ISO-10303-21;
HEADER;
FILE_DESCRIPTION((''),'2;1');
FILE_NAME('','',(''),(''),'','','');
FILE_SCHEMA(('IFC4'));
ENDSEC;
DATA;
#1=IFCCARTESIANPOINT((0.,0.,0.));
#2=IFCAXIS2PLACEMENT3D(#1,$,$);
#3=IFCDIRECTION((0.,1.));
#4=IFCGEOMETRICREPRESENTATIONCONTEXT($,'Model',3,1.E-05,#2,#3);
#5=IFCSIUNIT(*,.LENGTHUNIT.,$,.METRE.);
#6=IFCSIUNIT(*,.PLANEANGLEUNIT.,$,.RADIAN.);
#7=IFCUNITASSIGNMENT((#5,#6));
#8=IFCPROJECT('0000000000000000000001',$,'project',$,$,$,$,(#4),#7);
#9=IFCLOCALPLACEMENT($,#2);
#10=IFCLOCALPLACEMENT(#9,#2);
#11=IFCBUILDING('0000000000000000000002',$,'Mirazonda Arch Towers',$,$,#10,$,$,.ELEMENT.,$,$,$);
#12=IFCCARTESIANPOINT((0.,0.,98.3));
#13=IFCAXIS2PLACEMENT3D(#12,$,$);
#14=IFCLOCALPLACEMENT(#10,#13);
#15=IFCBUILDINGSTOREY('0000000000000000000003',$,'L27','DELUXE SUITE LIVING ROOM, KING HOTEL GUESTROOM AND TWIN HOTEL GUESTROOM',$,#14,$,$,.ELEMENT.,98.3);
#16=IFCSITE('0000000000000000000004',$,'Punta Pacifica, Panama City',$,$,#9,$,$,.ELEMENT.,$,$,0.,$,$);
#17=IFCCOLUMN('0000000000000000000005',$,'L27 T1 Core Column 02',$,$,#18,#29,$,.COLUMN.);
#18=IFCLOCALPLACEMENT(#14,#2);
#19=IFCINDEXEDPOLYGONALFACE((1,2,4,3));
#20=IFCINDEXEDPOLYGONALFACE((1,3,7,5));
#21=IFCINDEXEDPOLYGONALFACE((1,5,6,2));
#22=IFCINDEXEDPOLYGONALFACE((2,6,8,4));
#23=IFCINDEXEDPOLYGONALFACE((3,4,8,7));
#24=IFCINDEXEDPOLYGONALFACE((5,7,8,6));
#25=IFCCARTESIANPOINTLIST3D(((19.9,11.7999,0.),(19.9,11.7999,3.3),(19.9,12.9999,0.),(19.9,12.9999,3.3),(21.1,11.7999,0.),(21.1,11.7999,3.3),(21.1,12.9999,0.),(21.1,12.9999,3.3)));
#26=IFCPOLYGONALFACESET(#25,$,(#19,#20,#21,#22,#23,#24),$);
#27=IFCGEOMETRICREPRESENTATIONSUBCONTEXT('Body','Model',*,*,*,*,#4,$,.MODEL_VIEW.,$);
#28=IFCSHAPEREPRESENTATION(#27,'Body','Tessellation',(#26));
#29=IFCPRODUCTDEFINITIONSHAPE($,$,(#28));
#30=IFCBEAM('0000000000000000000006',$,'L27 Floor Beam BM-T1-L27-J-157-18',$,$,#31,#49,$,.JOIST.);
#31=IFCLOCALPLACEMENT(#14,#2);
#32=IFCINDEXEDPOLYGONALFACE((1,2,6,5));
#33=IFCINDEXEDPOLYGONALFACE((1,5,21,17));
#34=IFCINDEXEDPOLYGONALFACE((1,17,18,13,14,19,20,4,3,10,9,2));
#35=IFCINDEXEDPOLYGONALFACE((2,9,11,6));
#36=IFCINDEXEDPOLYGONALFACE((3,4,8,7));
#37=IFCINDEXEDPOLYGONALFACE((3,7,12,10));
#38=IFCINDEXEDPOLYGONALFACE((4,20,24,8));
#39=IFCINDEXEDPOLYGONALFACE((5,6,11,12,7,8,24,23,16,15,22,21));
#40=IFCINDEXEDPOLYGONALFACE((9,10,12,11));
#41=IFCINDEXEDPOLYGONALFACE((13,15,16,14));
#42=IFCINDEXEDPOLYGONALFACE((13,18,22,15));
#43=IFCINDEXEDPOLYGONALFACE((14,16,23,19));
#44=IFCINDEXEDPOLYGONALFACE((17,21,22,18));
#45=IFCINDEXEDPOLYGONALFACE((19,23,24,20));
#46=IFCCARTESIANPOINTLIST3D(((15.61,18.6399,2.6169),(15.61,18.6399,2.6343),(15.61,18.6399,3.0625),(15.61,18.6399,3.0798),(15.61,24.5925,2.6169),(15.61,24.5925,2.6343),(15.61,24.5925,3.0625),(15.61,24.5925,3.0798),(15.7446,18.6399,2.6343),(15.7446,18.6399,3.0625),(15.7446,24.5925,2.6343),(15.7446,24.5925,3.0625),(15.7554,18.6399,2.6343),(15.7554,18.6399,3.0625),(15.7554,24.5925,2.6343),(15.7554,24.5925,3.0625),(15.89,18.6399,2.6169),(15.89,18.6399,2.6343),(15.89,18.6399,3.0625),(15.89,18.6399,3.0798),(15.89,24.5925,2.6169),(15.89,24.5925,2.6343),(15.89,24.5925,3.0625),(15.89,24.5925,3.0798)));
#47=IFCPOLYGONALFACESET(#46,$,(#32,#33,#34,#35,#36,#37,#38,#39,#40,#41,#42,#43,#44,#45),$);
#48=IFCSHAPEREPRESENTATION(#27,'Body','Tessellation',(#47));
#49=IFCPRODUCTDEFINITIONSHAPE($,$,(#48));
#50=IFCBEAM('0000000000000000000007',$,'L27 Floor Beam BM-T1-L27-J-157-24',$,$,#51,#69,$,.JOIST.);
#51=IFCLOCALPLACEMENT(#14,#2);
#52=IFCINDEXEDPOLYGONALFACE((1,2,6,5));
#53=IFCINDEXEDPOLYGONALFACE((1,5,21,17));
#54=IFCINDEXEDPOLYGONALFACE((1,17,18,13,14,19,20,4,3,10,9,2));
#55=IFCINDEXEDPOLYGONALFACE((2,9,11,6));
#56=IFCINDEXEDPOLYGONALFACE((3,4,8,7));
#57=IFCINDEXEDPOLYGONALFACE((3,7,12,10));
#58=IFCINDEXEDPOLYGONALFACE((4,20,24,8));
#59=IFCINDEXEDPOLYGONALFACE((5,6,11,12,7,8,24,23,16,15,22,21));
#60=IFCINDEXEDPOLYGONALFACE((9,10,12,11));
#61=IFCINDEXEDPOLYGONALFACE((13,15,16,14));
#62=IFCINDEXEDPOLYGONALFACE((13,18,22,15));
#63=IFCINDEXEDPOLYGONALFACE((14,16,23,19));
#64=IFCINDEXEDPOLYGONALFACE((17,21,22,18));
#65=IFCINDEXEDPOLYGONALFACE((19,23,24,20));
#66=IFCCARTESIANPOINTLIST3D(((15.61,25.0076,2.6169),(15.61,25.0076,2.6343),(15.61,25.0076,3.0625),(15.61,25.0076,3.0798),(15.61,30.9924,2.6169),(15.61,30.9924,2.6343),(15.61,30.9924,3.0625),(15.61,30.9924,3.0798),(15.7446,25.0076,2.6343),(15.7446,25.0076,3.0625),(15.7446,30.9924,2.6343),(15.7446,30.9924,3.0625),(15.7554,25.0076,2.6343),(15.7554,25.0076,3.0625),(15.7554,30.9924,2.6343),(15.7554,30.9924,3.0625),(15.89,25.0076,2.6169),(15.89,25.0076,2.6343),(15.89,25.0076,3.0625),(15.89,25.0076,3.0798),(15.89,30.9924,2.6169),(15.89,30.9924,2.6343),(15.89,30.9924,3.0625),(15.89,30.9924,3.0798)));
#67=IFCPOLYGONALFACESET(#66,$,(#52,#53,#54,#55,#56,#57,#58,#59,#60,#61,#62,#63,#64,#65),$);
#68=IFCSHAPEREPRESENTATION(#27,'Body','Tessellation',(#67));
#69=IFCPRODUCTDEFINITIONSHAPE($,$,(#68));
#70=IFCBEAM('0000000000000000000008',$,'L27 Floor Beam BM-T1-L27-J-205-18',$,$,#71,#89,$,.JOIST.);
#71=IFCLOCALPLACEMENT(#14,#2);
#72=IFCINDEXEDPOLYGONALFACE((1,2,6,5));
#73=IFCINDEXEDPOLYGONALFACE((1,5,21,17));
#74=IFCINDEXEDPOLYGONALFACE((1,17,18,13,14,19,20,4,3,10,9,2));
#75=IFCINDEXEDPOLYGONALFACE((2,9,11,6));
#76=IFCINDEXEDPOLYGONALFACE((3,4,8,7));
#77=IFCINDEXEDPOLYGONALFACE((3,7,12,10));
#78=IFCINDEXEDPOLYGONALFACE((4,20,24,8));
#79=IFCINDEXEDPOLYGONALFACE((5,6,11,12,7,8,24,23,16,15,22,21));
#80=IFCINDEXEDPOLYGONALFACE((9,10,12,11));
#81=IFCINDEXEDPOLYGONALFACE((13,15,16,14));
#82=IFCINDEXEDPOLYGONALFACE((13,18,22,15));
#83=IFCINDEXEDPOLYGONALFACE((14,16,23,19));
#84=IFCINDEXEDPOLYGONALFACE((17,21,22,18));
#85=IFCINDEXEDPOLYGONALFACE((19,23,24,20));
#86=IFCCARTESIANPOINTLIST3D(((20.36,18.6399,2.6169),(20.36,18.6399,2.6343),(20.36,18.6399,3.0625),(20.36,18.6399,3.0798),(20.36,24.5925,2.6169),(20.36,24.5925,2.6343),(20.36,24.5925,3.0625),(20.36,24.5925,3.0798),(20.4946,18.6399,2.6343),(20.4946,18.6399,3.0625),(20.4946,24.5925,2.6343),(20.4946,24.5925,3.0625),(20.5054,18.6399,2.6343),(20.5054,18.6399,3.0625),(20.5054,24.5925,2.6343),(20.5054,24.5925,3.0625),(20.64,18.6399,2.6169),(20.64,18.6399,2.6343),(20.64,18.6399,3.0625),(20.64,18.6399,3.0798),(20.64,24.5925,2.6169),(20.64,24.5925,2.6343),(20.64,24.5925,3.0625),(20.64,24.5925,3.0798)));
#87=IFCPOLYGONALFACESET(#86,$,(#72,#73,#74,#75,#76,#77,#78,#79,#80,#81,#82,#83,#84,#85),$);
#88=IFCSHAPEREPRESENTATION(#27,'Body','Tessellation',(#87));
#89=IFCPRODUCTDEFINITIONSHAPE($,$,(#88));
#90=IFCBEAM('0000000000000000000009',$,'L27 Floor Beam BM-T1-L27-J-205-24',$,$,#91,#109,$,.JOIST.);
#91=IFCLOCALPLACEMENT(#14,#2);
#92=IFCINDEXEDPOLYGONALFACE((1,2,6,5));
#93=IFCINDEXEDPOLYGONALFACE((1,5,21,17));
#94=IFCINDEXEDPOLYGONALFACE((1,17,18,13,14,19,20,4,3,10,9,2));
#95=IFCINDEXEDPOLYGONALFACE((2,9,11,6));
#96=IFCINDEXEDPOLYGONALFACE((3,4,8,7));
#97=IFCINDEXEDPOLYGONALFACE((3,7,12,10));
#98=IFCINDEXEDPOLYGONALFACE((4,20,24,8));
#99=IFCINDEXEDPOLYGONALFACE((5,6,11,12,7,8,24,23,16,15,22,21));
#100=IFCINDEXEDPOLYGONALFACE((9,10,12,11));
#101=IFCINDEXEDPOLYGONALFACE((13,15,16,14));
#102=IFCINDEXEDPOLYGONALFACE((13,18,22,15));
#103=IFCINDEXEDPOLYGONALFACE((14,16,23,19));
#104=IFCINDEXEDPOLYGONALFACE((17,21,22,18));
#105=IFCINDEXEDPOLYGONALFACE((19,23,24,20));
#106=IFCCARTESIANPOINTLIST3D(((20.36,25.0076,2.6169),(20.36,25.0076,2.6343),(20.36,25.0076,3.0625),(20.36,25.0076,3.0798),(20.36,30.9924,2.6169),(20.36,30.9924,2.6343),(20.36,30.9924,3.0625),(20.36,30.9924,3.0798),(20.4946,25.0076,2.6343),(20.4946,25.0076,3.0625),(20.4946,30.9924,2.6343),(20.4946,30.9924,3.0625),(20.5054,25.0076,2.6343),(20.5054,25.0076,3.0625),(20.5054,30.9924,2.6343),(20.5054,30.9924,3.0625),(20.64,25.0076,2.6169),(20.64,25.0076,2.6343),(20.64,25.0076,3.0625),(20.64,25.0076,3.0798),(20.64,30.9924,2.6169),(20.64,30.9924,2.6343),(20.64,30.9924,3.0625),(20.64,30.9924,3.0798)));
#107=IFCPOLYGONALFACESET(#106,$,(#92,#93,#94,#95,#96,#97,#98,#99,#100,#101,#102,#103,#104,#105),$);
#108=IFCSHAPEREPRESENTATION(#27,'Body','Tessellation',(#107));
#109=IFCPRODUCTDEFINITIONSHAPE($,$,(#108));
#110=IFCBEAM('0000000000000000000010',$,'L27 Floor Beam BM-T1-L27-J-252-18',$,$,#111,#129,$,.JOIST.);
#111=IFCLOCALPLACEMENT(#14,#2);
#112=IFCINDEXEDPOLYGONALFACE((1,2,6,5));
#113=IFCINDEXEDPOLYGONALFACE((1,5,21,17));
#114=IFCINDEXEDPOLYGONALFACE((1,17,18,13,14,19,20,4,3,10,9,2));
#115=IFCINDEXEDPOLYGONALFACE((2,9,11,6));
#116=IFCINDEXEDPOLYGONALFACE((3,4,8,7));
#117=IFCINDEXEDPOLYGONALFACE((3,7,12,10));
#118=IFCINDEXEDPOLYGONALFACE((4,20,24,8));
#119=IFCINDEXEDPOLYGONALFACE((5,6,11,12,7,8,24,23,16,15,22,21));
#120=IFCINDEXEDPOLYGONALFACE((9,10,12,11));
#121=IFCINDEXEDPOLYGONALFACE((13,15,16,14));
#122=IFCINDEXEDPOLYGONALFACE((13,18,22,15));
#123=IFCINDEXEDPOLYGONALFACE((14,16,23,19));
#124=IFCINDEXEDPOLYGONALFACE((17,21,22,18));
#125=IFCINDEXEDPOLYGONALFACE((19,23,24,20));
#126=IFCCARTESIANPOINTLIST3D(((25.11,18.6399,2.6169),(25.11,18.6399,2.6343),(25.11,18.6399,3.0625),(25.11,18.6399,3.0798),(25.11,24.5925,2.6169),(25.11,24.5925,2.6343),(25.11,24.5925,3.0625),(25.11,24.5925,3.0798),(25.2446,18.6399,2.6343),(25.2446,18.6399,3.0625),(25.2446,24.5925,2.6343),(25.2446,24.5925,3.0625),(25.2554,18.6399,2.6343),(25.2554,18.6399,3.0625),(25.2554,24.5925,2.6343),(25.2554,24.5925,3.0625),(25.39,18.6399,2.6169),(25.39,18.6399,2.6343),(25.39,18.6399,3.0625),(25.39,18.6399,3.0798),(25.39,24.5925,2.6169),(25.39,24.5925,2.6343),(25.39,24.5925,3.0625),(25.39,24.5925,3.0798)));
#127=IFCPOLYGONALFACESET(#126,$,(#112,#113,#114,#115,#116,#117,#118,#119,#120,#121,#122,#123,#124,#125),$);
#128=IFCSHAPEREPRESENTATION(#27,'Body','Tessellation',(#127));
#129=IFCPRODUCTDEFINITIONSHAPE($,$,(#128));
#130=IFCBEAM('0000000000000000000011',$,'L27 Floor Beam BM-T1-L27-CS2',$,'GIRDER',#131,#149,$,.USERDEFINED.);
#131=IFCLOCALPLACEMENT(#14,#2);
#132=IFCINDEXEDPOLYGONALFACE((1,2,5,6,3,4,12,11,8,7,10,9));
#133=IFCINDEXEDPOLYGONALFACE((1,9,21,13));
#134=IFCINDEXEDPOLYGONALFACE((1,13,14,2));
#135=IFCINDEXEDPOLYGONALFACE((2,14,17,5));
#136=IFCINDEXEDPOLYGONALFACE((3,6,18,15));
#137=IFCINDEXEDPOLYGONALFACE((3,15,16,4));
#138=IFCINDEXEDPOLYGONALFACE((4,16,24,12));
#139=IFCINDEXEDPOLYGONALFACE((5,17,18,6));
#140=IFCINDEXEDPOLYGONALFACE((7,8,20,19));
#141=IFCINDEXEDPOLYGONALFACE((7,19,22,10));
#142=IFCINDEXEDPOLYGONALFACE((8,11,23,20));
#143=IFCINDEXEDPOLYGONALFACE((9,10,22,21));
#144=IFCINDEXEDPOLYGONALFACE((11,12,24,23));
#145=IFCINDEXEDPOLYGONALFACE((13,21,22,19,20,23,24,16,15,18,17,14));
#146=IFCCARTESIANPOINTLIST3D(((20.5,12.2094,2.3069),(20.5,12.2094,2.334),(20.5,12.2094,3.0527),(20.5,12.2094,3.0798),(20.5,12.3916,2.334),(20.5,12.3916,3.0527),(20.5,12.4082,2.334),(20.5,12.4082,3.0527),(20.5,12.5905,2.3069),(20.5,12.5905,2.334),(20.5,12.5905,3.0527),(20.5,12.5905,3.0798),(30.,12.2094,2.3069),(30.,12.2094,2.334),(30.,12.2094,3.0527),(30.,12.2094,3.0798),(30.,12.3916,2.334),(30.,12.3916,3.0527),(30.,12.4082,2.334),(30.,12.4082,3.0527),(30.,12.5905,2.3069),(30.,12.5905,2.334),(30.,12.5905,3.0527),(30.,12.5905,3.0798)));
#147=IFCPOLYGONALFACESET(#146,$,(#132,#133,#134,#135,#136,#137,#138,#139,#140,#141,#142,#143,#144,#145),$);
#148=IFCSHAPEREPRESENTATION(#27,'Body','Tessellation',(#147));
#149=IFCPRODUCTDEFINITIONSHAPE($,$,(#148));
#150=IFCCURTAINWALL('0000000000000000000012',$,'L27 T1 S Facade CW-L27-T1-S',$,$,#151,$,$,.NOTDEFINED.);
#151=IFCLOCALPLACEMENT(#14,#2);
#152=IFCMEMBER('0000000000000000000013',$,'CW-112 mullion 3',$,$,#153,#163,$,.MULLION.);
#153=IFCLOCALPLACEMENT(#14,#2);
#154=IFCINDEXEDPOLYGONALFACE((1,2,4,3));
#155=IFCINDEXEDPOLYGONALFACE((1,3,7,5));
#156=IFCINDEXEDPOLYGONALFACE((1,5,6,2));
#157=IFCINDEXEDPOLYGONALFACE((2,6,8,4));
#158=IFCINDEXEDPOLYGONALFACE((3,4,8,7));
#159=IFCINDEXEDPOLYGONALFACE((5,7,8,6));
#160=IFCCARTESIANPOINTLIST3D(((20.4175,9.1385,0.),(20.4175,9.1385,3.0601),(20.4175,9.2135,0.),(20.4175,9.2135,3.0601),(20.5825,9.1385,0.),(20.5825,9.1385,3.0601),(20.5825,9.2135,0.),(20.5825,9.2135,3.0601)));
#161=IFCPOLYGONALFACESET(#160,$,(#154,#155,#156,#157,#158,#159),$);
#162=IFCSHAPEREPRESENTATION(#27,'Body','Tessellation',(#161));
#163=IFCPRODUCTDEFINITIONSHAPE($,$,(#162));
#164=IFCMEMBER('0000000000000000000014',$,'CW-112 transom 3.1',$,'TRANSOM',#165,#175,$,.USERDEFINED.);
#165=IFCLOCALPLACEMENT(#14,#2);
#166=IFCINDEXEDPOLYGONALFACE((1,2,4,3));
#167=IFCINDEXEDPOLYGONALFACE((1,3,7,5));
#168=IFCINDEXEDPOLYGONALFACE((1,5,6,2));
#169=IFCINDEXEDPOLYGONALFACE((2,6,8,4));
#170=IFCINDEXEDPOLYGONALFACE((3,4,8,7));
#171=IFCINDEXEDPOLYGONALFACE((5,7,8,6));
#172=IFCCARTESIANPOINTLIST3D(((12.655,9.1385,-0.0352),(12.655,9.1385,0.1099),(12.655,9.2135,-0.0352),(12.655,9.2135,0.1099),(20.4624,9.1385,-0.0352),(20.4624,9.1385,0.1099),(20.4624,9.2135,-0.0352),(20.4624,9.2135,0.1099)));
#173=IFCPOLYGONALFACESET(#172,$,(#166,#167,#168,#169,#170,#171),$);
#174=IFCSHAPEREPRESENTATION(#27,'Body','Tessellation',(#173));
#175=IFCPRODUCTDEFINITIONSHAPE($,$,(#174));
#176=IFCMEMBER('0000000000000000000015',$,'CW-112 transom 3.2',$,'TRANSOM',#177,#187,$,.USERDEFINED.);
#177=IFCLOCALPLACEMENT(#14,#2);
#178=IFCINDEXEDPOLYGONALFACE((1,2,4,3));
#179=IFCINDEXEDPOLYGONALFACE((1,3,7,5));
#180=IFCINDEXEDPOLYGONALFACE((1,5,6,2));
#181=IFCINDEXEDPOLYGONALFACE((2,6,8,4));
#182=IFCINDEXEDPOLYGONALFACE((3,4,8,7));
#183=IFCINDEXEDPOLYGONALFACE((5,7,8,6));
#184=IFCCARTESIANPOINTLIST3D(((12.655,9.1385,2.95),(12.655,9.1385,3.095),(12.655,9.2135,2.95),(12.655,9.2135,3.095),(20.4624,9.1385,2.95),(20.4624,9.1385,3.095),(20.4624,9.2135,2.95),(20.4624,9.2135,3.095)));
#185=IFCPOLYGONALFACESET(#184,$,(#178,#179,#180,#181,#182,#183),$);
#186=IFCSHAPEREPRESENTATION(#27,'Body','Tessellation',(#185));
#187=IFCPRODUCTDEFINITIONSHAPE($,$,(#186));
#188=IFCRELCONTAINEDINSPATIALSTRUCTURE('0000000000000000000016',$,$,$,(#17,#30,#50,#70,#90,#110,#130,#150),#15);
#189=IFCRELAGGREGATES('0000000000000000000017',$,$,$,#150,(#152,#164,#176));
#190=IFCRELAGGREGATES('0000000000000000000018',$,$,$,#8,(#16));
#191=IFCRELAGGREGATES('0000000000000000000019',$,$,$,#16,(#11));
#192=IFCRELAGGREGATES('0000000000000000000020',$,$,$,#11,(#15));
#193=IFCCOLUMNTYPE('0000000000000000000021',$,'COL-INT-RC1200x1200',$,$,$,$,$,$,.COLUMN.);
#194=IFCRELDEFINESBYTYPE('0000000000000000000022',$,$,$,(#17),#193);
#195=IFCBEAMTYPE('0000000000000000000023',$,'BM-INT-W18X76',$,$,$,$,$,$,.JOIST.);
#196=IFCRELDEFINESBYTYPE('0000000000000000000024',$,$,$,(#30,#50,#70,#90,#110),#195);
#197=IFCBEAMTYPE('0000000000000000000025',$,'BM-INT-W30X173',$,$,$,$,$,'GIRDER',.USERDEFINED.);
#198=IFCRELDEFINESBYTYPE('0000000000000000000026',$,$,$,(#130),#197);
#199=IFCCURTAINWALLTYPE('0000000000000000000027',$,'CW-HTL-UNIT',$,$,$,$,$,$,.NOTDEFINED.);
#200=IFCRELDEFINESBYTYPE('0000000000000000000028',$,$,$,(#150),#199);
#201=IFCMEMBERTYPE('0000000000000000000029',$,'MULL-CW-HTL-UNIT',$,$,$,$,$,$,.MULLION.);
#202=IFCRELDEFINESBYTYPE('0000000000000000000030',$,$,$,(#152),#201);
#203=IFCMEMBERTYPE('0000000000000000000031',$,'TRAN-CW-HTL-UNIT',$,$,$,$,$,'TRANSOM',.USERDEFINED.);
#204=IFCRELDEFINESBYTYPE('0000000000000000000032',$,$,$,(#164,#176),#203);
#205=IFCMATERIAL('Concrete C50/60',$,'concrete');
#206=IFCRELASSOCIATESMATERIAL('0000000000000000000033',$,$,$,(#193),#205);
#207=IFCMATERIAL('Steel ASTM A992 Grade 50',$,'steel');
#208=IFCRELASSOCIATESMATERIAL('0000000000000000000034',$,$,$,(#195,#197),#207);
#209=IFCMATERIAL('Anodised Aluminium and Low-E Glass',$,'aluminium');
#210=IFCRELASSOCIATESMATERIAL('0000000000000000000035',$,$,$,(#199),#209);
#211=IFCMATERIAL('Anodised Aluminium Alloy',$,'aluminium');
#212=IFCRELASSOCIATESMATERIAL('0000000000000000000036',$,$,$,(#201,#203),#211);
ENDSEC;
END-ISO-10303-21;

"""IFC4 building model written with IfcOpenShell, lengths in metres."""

from ifc_helpers import new_model, si_unit, direction, frame, origin, origin_2d, place, context, subcontext, project, spatial, rectangle, i_section, extrude, material, material_profile, profile_set, type_object, element, aggregate, save


model = new_model("IFC4")

# Units and contexts
model_context = context("Model", 3, precision=1e-05, world=origin(), true_north=direction((0.0, 1.0)))
body_context = subcontext(model_context, "Body", "Model", "MODEL_VIEW")
ifc_project = project(units=[si_unit("LENGTHUNIT", "METRE"), si_unit("PLANEANGLEUNIT", "RADIAN")], contexts=[model_context])

# Site, building, storey
site_placement = place(None, origin())
site = spatial("IfcSite", under=ifc_project, at=site_placement, Name="Punta Pacifica, Panama City", CompositionType="ELEMENT", RefElevation=0.0)
building_placement = place(site_placement, origin())
building = spatial("IfcBuilding", under=site, at=building_placement, Name="Mirazonda Arch Towers", CompositionType="ELEMENT")
storey_placement = place(building_placement, frame((0.0, 0.0, 98.3)))
storey = spatial("IfcBuildingStorey", under=building, at=storey_placement, Name="L27", Description="DELUXE SUITE LIVING ROOM, KING HOTEL GUESTROOM AND TWIN HOTEL GUESTROOM", CompositionType="ELEMENT", Elevation=98.3)

# Column
ifc_material_1 = material(Name="Concrete C50/60", Category="concrete")
ifc_material_profile_1 = material_profile(ifc_material_1, rectangle(XDim=1.2, YDim=1.2, at=origin_2d()), Name="RC1200x1200")
ifc_profile_set_1 = profile_set([ifc_material_profile_1], Name="Concrete C50/60")
column_type = type_object("IfcColumnType", Name="COL-INT-RC1200x1200", PredefinedType="COLUMN", material=ifc_profile_set_1)
column_placement = place(storey_placement, frame((20.5, 12.3999, 0.0), z_axis=(0.0, 0.0, 1.0), x_axis=(1.0, 0.0, 0.0)))
element("IfcColumn", 1, at=column_placement, inside=storey, type_object=column_type, Name="L27 T1 Core Column 02", PredefinedType="COLUMN", context=body_context, shape_type="SweptSolid", body=[
    extrude(rectangle(XDim=1.2, YDim=1.2, at=origin_2d()), origin(), (0.0, 0.0, 1.0), 3.3),
])

# Beams
ifc_material_2 = material(Name="Steel ASTM A992 Grade 50", Category="steel")
ifc_material_profile_2 = material_profile(ifc_material_2, i_section(OverallWidth=0.28, OverallDepth=0.4629, WebThickness=0.0107, FlangeThickness=0.0173, at=origin_2d()), Name="W18X76")
ifc_profile_set_2 = profile_set([ifc_material_profile_2], Name="Steel ASTM A992 Grade 50")
beam_type_1 = type_object("IfcBeamType", Name="BM-INT-W18X76", PredefinedType="JOIST", material=ifc_profile_set_2)
beam_1_placement = place(storey_placement, frame((15.75, 18.6399, 2.8484), z_axis=(0.0, 1.0, 0.0), x_axis=(-1.0, 0.0, 0.0)))
element("IfcBeam", 2, at=beam_1_placement, inside=storey, type_object=beam_type_1, Name="L27 Floor Beam BM-T1-L27-J-157-18", PredefinedType="JOIST", context=body_context, shape_type="SweptSolid", body=[
    extrude(i_section(OverallWidth=0.28, OverallDepth=0.4629, WebThickness=0.0107, FlangeThickness=0.0173, at=origin_2d()), origin(), (0.0, 0.0, 1.0), 5.9526),
])
beam_2_placement = place(storey_placement, frame((15.75, 25.0076, 2.8484), z_axis=(0.0, 1.0, 0.0), x_axis=(-1.0, 0.0, 0.0)))
element("IfcBeam", 3, at=beam_2_placement, inside=storey, type_object=beam_type_1, Name="L27 Floor Beam BM-T1-L27-J-157-24", PredefinedType="JOIST", context=body_context, shape_type="SweptSolid", body=[
    extrude(i_section(OverallWidth=0.28, OverallDepth=0.4629, WebThickness=0.0107, FlangeThickness=0.0173, at=origin_2d()), origin(), (0.0, 0.0, 1.0), 5.9849),
])
beam_3_placement = place(storey_placement, frame((20.5, 18.6399, 2.8484), z_axis=(0.0, 1.0, 0.0), x_axis=(-1.0, 0.0, 0.0)))
element("IfcBeam", 4, at=beam_3_placement, inside=storey, type_object=beam_type_1, Name="L27 Floor Beam BM-T1-L27-J-205-18", PredefinedType="JOIST", context=body_context, shape_type="SweptSolid", body=[
    extrude(i_section(OverallWidth=0.28, OverallDepth=0.4629, WebThickness=0.0107, FlangeThickness=0.0173, at=origin_2d()), origin(), (0.0, 0.0, 1.0), 5.9526),
])
beam_4_placement = place(storey_placement, frame((20.5, 25.0076, 2.8484), z_axis=(0.0, 1.0, 0.0), x_axis=(-1.0, 0.0, 0.0)))
element("IfcBeam", 5, at=beam_4_placement, inside=storey, type_object=beam_type_1, Name="L27 Floor Beam BM-T1-L27-J-205-24", PredefinedType="JOIST", context=body_context, shape_type="SweptSolid", body=[
    extrude(i_section(OverallWidth=0.28, OverallDepth=0.4629, WebThickness=0.0107, FlangeThickness=0.0173, at=origin_2d()), origin(), (0.0, 0.0, 1.0), 5.9849),
])
beam_5_placement = place(storey_placement, frame((25.25, 18.6399, 2.8484), z_axis=(0.0, 1.0, 0.0), x_axis=(-1.0, 0.0, 0.0)))
element("IfcBeam", 6, at=beam_5_placement, inside=storey, type_object=beam_type_1, Name="L27 Floor Beam BM-T1-L27-J-252-18", PredefinedType="JOIST", context=body_context, shape_type="SweptSolid", body=[
    extrude(i_section(OverallWidth=0.28, OverallDepth=0.4629, WebThickness=0.0107, FlangeThickness=0.0173, at=origin_2d()), origin(), (0.0, 0.0, 1.0), 5.9526),
])
ifc_material_profile_3 = material_profile(ifc_material_2, i_section(OverallWidth=0.3811, OverallDepth=0.7729, WebThickness=0.0166, FlangeThickness=0.0271, at=origin_2d()), Name="W30X173")
ifc_profile_set_3 = profile_set([ifc_material_profile_3], Name="Steel ASTM A992 Grade 50")
beam_type_2 = type_object("IfcBeamType", Name="BM-INT-W30X173", ElementType="GIRDER", PredefinedType="USERDEFINED", material=ifc_profile_set_3)
beam_6_placement = place(storey_placement, frame((20.5, 12.3999, 2.6934), z_axis=(1.0, 0.0, 0.0), x_axis=(0.0, 1.0, 0.0)))
element("IfcBeam", 7, at=beam_6_placement, inside=storey, type_object=beam_type_2, Name="L27 Floor Beam BM-T1-L27-CS2", ObjectType="GIRDER", PredefinedType="USERDEFINED", context=body_context, shape_type="SweptSolid", body=[
    extrude(i_section(OverallWidth=0.3811, OverallDepth=0.7729, WebThickness=0.0166, FlangeThickness=0.0271, at=origin_2d()), origin(), (0.0, 0.0, 1.0), 9.5),
])

# Curtain wall, members
ifc_material_3 = material(Name="Anodised Aluminium and Low-E Glass", Category="aluminium")
curtain_wall_type = type_object("IfcCurtainWallType", Name="CW-HTL-UNIT", PredefinedType="NOTDEFINED", material=ifc_material_3)
curtain_wall_placement = place(storey_placement, origin())
curtain_wall = element("IfcCurtainWall", 8, at=curtain_wall_placement, inside=storey, type_object=curtain_wall_type, Name="L27 T1 S Facade CW-L27-T1-S", PredefinedType="NOTDEFINED")
ifc_material_4 = material(Name="Anodised Aluminium Alloy", Category="aluminium")
ifc_material_profile_4 = material_profile(ifc_material_4, rectangle(XDim=0.075, YDim=0.165, at=origin_2d()), Name="ALU-MULL-75x165")
ifc_profile_set_4 = profile_set([ifc_material_profile_4], Name="Anodised Aluminium Alloy")
member_type_1 = type_object("IfcMemberType", Name="MULL-CW-HTL-UNIT", PredefinedType="MULLION", material=ifc_profile_set_4)
member_1_placement = place(storey_placement, frame((20.5, 9.176, 0.0), z_axis=(0.0, 0.0, 1.0), x_axis=(0.0, -1.0, 0.0)))
member_1 = element("IfcMember", 9, at=member_1_placement, type_object=member_type_1, Name="CW-112 mullion 3", PredefinedType="MULLION", context=body_context, shape_type="SweptSolid", body=[
    extrude(rectangle(XDim=0.075, YDim=0.165, at=origin_2d()), origin(), (0.0, 0.0, 1.0), 3.0601),
])
ifc_material_profile_5 = material_profile(ifc_material_4, rectangle(XDim=0.075, YDim=0.145, at=origin_2d()), Name="ALU-TRAN-75x145")
ifc_profile_set_5 = profile_set([ifc_material_profile_5], Name="Anodised Aluminium Alloy")
member_type_2 = type_object("IfcMemberType", Name="TRAN-CW-HTL-UNIT", ElementType="TRANSOM", PredefinedType="USERDEFINED", material=ifc_profile_set_5)
member_2_placement = place(storey_placement, frame((20.4624, 9.176, 0.0374), z_axis=(-1.0, 0.0, 0.0), x_axis=(0.0, -1.0, 0.0)))
member_2 = element("IfcMember", 10, at=member_2_placement, type_object=member_type_2, Name="CW-112 transom 3.1", ObjectType="TRANSOM", PredefinedType="USERDEFINED", context=body_context, shape_type="SweptSolid", body=[
    extrude(rectangle(XDim=0.075, YDim=0.145, at=origin_2d()), origin(), (0.0, 0.0, 1.0), 7.8074),
])
member_3_placement = place(storey_placement, frame((20.4624, 9.176, 3.0225), z_axis=(-1.0, 0.0, 0.0), x_axis=(0.0, -1.0, 0.0)))
member_3 = element("IfcMember", 11, at=member_3_placement, type_object=member_type_2, Name="CW-112 transom 3.2", ObjectType="TRANSOM", PredefinedType="USERDEFINED", context=body_context, shape_type="SweptSolid", body=[
    extrude(rectangle(XDim=0.075, YDim=0.145, at=origin_2d()), origin(), (0.0, 0.0, 1.0), 7.8074),
])
aggregate(curtain_wall, [member_1, member_2, member_3])

save(model, "model.ifc")
